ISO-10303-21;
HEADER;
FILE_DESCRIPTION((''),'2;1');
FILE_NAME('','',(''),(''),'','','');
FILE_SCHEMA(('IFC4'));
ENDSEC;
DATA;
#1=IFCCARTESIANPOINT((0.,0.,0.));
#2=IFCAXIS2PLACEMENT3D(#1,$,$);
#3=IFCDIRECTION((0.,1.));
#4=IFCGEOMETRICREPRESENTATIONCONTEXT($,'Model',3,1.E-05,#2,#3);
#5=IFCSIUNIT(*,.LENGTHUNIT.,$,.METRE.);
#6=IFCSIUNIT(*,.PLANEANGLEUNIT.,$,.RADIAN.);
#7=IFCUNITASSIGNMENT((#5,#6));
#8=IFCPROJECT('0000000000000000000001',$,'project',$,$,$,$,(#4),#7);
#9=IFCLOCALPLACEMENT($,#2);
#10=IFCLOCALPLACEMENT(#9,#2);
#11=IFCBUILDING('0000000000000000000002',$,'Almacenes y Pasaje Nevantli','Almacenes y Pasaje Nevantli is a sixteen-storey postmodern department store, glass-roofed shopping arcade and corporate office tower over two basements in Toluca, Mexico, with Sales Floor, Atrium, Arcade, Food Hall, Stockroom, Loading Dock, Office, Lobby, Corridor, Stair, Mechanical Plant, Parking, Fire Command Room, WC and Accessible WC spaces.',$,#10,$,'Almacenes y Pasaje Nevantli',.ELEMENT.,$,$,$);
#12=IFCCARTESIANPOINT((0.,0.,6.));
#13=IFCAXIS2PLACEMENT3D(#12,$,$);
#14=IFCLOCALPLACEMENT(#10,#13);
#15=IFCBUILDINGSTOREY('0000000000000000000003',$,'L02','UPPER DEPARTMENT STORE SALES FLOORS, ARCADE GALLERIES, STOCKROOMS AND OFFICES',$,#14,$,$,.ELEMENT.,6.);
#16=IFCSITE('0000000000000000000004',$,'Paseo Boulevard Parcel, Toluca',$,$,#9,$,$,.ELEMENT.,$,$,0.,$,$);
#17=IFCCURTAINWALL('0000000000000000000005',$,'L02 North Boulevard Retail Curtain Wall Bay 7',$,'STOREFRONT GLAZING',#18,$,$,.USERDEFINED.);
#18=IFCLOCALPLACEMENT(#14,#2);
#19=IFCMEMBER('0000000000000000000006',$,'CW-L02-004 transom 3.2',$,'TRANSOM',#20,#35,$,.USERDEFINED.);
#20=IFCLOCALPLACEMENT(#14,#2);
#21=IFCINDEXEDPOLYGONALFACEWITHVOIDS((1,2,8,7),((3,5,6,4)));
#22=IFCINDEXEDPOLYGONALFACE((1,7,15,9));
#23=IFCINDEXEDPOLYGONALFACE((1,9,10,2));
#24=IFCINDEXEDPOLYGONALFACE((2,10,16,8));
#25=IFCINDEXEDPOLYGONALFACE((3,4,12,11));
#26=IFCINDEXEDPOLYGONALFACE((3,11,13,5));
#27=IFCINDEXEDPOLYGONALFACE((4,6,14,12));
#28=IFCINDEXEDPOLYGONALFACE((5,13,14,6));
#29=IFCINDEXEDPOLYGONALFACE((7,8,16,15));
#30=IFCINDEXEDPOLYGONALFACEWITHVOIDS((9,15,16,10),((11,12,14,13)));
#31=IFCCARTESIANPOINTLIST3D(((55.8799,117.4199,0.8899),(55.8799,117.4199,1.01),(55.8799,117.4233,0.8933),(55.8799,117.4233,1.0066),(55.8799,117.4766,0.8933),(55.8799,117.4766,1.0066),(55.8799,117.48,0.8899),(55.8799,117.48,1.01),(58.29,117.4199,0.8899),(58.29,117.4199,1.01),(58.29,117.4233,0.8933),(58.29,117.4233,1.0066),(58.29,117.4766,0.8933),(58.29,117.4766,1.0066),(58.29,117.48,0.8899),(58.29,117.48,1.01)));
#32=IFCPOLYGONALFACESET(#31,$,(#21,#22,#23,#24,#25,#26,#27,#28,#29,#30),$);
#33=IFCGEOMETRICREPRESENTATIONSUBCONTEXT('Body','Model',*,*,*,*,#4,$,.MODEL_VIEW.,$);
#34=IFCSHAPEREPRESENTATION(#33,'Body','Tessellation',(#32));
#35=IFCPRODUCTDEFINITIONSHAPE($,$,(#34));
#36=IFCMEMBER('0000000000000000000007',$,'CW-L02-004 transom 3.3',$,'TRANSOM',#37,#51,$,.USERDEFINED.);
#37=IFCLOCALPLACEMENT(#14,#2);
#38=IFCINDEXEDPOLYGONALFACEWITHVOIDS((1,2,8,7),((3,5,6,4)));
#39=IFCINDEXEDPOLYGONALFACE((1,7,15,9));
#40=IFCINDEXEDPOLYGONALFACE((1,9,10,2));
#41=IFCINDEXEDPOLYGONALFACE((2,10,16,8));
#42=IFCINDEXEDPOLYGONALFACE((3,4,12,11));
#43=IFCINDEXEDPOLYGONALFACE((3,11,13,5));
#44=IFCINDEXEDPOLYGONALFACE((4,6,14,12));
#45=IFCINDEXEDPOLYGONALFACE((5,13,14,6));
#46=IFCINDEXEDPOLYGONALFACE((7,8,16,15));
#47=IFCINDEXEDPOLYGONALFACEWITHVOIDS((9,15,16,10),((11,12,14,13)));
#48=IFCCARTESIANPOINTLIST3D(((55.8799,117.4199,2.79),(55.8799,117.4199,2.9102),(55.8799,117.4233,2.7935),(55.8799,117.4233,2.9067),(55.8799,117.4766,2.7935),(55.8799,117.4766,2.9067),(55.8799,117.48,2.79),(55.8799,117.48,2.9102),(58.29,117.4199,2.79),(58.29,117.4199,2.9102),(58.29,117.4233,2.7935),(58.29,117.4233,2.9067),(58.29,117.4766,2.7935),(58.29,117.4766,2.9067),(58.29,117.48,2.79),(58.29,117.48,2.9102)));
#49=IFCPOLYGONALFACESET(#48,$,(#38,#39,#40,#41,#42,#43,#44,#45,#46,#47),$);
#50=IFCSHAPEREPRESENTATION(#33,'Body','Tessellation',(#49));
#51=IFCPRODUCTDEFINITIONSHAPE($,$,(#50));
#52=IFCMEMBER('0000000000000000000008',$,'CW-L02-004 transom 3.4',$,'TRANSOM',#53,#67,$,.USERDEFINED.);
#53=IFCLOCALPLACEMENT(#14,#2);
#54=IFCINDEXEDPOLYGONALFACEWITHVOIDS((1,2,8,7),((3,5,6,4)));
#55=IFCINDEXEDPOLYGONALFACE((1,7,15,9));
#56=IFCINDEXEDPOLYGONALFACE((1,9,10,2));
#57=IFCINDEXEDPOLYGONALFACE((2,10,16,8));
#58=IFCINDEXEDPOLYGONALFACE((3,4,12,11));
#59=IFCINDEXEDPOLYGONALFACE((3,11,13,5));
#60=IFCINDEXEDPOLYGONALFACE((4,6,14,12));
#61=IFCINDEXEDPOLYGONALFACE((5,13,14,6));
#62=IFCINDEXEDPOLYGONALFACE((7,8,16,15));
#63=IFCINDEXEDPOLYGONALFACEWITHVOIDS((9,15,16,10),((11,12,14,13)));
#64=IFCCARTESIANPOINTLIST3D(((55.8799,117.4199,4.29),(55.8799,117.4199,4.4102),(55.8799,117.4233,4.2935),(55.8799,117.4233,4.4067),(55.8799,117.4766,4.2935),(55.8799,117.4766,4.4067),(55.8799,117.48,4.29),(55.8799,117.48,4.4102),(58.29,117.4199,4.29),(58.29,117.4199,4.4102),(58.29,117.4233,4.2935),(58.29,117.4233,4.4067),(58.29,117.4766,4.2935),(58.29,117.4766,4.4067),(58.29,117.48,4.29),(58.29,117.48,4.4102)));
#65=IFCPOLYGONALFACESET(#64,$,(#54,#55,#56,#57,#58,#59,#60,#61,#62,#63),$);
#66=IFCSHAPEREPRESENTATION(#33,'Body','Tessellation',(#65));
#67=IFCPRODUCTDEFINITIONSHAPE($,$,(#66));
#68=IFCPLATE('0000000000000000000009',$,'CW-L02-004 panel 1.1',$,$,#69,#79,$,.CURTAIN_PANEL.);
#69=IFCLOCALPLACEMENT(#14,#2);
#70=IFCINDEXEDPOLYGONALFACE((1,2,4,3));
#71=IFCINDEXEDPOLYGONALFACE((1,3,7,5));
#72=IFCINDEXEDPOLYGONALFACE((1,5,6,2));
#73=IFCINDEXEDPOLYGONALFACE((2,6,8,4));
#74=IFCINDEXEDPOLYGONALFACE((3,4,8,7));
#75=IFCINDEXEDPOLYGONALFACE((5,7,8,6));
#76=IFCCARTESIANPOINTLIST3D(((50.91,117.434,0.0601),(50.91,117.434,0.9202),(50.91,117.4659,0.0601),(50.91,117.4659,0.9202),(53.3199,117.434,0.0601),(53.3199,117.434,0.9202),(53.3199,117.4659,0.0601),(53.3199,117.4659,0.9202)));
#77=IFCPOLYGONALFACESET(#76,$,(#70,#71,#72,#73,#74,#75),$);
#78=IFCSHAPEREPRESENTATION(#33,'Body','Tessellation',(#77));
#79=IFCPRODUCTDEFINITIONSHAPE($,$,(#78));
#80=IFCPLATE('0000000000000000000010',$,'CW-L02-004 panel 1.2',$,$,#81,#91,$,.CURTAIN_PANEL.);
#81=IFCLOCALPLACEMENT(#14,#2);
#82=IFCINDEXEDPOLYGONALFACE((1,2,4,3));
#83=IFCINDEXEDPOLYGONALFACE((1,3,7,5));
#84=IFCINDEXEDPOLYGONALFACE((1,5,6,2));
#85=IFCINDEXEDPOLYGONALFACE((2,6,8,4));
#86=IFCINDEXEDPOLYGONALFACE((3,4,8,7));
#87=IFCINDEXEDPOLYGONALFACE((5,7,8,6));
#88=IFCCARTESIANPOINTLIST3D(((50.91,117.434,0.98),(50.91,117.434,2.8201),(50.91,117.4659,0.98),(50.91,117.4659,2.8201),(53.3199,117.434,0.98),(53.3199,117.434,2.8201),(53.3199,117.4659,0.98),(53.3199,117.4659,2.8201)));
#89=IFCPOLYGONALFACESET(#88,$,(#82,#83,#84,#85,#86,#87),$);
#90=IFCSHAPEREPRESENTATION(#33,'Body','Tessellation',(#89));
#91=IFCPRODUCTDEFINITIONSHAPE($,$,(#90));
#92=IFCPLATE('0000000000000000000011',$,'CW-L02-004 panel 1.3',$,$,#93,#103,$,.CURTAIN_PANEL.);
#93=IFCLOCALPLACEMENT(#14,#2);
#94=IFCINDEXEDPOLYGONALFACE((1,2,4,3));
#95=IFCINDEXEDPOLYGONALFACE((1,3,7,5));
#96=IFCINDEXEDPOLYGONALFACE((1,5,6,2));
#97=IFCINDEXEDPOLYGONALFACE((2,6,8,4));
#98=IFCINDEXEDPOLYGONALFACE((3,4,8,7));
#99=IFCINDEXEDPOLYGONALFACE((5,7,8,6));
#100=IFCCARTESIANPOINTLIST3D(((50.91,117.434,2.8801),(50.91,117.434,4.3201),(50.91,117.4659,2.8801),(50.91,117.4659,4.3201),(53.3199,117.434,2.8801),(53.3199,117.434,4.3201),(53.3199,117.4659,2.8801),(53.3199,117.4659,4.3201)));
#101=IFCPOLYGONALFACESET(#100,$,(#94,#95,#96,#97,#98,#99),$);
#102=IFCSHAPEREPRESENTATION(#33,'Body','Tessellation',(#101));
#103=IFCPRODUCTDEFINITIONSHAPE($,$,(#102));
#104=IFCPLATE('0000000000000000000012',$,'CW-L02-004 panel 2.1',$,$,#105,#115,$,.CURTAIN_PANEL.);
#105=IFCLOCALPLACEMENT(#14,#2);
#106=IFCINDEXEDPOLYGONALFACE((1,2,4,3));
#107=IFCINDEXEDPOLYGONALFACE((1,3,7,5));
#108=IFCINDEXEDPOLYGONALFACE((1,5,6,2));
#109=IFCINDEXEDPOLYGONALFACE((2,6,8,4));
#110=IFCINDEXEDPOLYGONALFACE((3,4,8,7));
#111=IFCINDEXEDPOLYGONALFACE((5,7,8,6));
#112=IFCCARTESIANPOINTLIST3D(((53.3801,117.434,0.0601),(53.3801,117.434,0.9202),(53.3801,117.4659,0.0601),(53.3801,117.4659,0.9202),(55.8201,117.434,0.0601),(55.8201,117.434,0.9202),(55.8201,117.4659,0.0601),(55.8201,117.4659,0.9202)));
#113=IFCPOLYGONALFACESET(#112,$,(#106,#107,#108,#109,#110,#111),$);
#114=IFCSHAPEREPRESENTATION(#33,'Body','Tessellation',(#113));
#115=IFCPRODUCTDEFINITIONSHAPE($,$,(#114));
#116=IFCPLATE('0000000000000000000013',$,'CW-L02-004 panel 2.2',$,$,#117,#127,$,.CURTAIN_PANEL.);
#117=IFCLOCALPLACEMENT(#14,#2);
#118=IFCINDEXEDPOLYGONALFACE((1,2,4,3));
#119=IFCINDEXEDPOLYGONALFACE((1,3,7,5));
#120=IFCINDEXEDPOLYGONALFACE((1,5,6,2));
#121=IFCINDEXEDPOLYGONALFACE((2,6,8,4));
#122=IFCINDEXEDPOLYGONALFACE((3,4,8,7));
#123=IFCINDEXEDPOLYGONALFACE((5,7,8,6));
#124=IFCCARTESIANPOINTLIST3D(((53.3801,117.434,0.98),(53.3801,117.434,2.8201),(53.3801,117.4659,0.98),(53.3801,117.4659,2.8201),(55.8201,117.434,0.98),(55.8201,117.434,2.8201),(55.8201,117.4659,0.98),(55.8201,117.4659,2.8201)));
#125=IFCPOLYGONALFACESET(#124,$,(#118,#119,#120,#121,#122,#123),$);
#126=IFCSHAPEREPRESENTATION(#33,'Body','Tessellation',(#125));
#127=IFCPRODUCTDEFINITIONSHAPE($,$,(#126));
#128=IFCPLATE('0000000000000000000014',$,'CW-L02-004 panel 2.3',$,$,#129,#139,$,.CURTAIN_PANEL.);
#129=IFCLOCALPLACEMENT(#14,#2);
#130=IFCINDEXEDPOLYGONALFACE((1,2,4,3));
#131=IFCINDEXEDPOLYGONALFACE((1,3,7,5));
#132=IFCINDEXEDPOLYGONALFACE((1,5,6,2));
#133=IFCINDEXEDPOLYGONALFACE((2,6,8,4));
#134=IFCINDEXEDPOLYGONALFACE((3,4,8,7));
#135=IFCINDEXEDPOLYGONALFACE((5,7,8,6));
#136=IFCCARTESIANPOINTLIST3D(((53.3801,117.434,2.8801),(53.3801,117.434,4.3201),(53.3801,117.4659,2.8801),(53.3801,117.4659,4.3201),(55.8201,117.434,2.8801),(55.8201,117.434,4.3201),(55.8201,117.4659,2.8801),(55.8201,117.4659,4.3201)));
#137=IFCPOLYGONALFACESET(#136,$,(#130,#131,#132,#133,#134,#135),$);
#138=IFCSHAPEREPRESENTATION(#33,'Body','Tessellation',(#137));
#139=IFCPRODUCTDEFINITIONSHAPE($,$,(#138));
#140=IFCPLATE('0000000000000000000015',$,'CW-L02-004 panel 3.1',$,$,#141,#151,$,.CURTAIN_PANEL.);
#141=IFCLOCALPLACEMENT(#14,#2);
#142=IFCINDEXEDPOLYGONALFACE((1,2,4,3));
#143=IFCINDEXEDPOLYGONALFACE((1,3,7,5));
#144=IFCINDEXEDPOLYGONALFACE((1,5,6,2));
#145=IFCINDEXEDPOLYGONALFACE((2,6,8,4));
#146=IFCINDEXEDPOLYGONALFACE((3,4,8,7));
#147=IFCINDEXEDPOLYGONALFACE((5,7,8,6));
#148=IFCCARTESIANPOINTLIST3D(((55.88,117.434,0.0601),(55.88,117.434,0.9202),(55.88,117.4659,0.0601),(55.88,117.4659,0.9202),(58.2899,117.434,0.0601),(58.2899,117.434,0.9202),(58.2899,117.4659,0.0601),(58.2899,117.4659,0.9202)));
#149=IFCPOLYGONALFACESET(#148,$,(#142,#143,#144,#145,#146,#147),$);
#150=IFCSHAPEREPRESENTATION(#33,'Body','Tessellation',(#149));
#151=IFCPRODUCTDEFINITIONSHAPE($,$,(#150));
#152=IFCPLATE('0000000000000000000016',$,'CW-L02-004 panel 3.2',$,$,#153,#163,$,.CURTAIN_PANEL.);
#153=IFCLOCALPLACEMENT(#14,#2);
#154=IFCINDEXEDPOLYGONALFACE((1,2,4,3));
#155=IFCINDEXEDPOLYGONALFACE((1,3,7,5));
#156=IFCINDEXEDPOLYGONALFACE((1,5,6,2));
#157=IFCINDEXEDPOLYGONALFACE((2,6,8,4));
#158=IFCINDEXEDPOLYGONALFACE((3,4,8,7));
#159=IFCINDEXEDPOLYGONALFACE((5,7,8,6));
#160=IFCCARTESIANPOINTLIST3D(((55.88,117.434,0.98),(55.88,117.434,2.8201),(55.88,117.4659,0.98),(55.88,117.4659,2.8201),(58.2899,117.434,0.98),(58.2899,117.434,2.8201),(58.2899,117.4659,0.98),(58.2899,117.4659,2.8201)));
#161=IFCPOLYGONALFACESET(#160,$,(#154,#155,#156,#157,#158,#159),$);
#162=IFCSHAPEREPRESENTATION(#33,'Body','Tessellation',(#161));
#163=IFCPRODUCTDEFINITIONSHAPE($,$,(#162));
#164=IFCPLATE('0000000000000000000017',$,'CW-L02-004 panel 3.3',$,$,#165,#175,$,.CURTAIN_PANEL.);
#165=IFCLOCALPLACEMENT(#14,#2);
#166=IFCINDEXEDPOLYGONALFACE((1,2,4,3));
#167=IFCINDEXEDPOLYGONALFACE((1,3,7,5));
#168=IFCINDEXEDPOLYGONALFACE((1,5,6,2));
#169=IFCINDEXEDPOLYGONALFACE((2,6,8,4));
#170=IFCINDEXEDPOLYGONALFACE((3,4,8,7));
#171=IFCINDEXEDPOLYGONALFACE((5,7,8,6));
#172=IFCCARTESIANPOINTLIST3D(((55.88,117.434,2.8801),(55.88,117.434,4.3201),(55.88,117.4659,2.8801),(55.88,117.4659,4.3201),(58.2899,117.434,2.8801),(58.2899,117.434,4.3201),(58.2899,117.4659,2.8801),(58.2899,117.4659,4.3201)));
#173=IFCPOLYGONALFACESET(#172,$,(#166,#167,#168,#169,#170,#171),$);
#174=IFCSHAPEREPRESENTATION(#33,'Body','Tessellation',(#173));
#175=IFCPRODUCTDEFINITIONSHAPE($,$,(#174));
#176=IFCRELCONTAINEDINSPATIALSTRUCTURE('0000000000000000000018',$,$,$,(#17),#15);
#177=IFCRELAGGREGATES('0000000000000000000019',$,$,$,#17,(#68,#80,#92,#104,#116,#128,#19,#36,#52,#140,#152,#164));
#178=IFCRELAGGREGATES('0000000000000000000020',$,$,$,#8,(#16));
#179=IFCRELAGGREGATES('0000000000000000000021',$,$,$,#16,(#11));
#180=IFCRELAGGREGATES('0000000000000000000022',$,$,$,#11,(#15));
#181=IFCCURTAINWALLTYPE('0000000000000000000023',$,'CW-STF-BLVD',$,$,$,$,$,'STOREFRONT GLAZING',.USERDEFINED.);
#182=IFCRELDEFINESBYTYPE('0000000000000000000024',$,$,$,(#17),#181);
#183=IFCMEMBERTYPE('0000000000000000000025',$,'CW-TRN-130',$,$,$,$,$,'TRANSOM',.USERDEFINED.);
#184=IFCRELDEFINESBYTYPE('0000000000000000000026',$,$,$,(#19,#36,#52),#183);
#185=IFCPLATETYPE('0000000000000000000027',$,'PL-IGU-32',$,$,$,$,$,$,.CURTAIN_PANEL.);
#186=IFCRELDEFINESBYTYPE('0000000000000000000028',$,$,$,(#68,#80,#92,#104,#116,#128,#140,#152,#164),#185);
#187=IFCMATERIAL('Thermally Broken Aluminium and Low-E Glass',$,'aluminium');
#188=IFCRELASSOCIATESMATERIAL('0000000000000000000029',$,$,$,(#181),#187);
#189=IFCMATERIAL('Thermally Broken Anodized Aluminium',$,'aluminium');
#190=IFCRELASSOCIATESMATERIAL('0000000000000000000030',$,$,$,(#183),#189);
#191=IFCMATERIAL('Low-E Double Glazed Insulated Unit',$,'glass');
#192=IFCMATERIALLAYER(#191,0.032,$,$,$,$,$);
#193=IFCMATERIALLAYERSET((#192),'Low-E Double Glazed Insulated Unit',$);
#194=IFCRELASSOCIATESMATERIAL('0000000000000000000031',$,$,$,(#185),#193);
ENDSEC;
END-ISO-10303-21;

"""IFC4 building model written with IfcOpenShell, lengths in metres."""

from ifc_helpers import new_model, si_unit, direction, frame, origin, origin_2d, place, context, subcontext, project, spatial, rectangle, hollow_rectangle, extrude, material, layer, layer_set, material_profile, profile_set, type_object, element, aggregate, save


model = new_model("IFC4")

# Units and contexts
model_context = context("Model", 3, precision=1e-05, world=origin(), true_north=direction((0.0, 1.0)))
body_context = subcontext(model_context, "Body", "Model", "MODEL_VIEW")
ifc_project = project(units=[si_unit("LENGTHUNIT", "METRE"), si_unit("PLANEANGLEUNIT", "RADIAN")], contexts=[model_context])

# Site, building, storey
site_placement = place(None, origin())
site = spatial("IfcSite", under=ifc_project, at=site_placement, Name="Paseo Boulevard Parcel, Toluca", CompositionType="ELEMENT", RefElevation=0.0)
building_placement = place(site_placement, origin())
building = spatial("IfcBuilding", under=site, at=building_placement, Name="Almacenes y Pasaje Nevantli", Description="Almacenes y Pasaje Nevantli is a sixteen-storey postmodern department store, glass-roofed shopping arcade and corporate office tower over two basements in Toluca, Mexico, with Sales Floor, Atrium, Arcade, Food Hall, Stockroom, Loading Dock, Office, Lobby, Corridor, Stair, Mechanical Plant, Parking, Fire Command Room, WC and Accessible WC spaces.", LongName="Almacenes y Pasaje Nevantli", CompositionType="ELEMENT")
storey_placement = place(building_placement, frame((0.0, 0.0, 6.0)))
storey = spatial("IfcBuildingStorey", under=building, at=storey_placement, Name="L02", Description="UPPER DEPARTMENT STORE SALES FLOORS, ARCADE GALLERIES, STOCKROOMS AND OFFICES", CompositionType="ELEMENT", Elevation=6.0)

# Curtain wall, members, plates
ifc_material_1 = material(Name="Thermally Broken Aluminium and Low-E Glass", Category="aluminium")
curtain_wall_type = type_object("IfcCurtainWallType", Name="CW-STF-BLVD", ElementType="STOREFRONT GLAZING", PredefinedType="USERDEFINED", material=ifc_material_1)
curtain_wall_placement = place(storey_placement, origin())
curtain_wall = element("IfcCurtainWall", 1, at=curtain_wall_placement, inside=storey, type_object=curtain_wall_type, Name="L02 North Boulevard Retail Curtain Wall Bay 7", ObjectType="STOREFRONT GLAZING", PredefinedType="USERDEFINED")
ifc_material_2 = material(Name="Thermally Broken Anodized Aluminium", Category="aluminium")
ifc_material_profile_1 = material_profile(ifc_material_2, hollow_rectangle(XDim=0.0601, YDim=0.1201, WallThickness=0.0034, at=origin_2d()), Name="ALU-TRN-60x120")
ifc_profile_set_1 = profile_set([ifc_material_profile_1], Name="Thermally Broken Anodized Aluminium")
member_type_1 = type_object("IfcMemberType", Name="CW-TRN-130", ElementType="TRANSOM", PredefinedType="USERDEFINED", material=ifc_profile_set_1)
member_1_placement = place(storey_placement, frame((55.8799, 117.45, 0.95), z_axis=(1.0, 0.0, 0.0), x_axis=(0.0, 1.0, 0.0)))
member_1 = element("IfcMember", 2, at=member_1_placement, type_object=member_type_1, Name="CW-L02-004 transom 3.2", ObjectType="TRANSOM", PredefinedType="USERDEFINED", context=body_context, shape_type="SweptSolid", body=[
    extrude(hollow_rectangle(XDim=0.0601, YDim=0.1201, WallThickness=0.0034, at=origin_2d()), origin(), (0.0, 0.0, 1.0), 2.4102),
])
member_2_placement = place(storey_placement, frame((55.8799, 117.45, 2.8501), z_axis=(1.0, 0.0, 0.0), x_axis=(0.0, 1.0, 0.0)))
member_2 = element("IfcMember", 3, at=member_2_placement, type_object=member_type_1, Name="CW-L02-004 transom 3.3", ObjectType="TRANSOM", PredefinedType="USERDEFINED", context=body_context, shape_type="SweptSolid", body=[
    extrude(hollow_rectangle(XDim=0.0601, YDim=0.1201, WallThickness=0.0034, at=origin_2d()), origin(), (0.0, 0.0, 1.0), 2.4102),
])
member_3_placement = place(storey_placement, frame((55.8799, 117.45, 4.3501), z_axis=(1.0, 0.0, 0.0), x_axis=(0.0, 1.0, 0.0)))
member_3 = element("IfcMember", 4, at=member_3_placement, type_object=member_type_1, Name="CW-L02-004 transom 3.4", ObjectType="TRANSOM", PredefinedType="USERDEFINED", context=body_context, shape_type="SweptSolid", body=[
    extrude(hollow_rectangle(XDim=0.0601, YDim=0.1201, WallThickness=0.0034, at=origin_2d()), origin(), (0.0, 0.0, 1.0), 2.4102),
])
ifc_material_3 = material(Name="Low-E Double Glazed Insulated Unit", Category="glass")
ifc_layer_1 = layer(ifc_material_3, 0.032)
ifc_layer_set_1 = layer_set([ifc_layer_1], Name="Low-E Double Glazed Insulated Unit")
plate_type = type_object("IfcPlateType", Name="PL-IGU-32", PredefinedType="CURTAIN_PANEL", material=ifc_layer_set_1)
plate_1_placement = place(storey_placement, frame((52.115, 117.45, 0.0601), z_axis=(0.0, 0.0, 1.0), x_axis=(1.0, 0.0, 0.0)))
plate_1 = element("IfcPlate", 5, at=plate_1_placement, type_object=plate_type, Name="CW-L02-004 panel 1.1", PredefinedType="CURTAIN_PANEL", context=body_context, shape_type="SweptSolid", body=[
    extrude(rectangle(XDim=2.4099, YDim=0.032, at=origin_2d()), origin(), (0.0, 0.0, 1.0), 0.8601),
])
plate_2_placement = place(storey_placement, frame((52.115, 117.45, 0.98), z_axis=(0.0, 0.0, 1.0), x_axis=(1.0, 0.0, 0.0)))
plate_2 = element("IfcPlate", 6, at=plate_2_placement, type_object=plate_type, Name="CW-L02-004 panel 1.2", PredefinedType="CURTAIN_PANEL", context=body_context, shape_type="SweptSolid", body=[
    extrude(rectangle(XDim=2.4099, YDim=0.032, at=origin_2d()), origin(), (0.0, 0.0, 1.0), 1.8401),
])
plate_3_placement = place(storey_placement, frame((52.115, 117.45, 2.8801), z_axis=(0.0, 0.0, 1.0), x_axis=(1.0, 0.0, 0.0)))
plate_3 = element("IfcPlate", 7, at=plate_3_placement, type_object=plate_type, Name="CW-L02-004 panel 1.3", PredefinedType="CURTAIN_PANEL", context=body_context, shape_type="SweptSolid", body=[
    extrude(rectangle(XDim=2.4099, YDim=0.032, at=origin_2d()), origin(), (0.0, 0.0, 1.0), 1.4399),
])
plate_4_placement = place(storey_placement, frame((54.6001, 117.45, 0.0601), z_axis=(0.0, 0.0, 1.0), x_axis=(1.0, 0.0, 0.0)))
plate_4 = element("IfcPlate", 8, at=plate_4_placement, type_object=plate_type, Name="CW-L02-004 panel 2.1", PredefinedType="CURTAIN_PANEL", context=body_context, shape_type="SweptSolid", body=[
    extrude(rectangle(XDim=2.4399, YDim=0.032, at=origin_2d()), origin(), (0.0, 0.0, 1.0), 0.8601),
])
plate_5_placement = place(storey_placement, frame((54.6001, 117.45, 0.98), z_axis=(0.0, 0.0, 1.0), x_axis=(1.0, 0.0, 0.0)))
plate_5 = element("IfcPlate", 9, at=plate_5_placement, type_object=plate_type, Name="CW-L02-004 panel 2.2", PredefinedType="CURTAIN_PANEL", context=body_context, shape_type="SweptSolid", body=[
    extrude(rectangle(XDim=2.4399, YDim=0.032, at=origin_2d()), origin(), (0.0, 0.0, 1.0), 1.8401),
])
plate_6_placement = place(storey_placement, frame((54.6001, 117.45, 2.8801), z_axis=(0.0, 0.0, 1.0), x_axis=(1.0, 0.0, 0.0)))
plate_6 = element("IfcPlate", 10, at=plate_6_placement, type_object=plate_type, Name="CW-L02-004 panel 2.3", PredefinedType="CURTAIN_PANEL", context=body_context, shape_type="SweptSolid", body=[
    extrude(rectangle(XDim=2.4399, YDim=0.032, at=origin_2d()), origin(), (0.0, 0.0, 1.0), 1.4399),
])
plate_7_placement = place(storey_placement, frame((57.085, 117.45, 0.0601), z_axis=(0.0, 0.0, 1.0), x_axis=(1.0, 0.0, 0.0)))
plate_7 = element("IfcPlate", 11, at=plate_7_placement, type_object=plate_type, Name="CW-L02-004 panel 3.1", PredefinedType="CURTAIN_PANEL", context=body_context, shape_type="SweptSolid", body=[
    extrude(rectangle(XDim=2.4099, YDim=0.032, at=origin_2d()), origin(), (0.0, 0.0, 1.0), 0.8601),
])
plate_8_placement = place(storey_placement, frame((57.085, 117.45, 0.98), z_axis=(0.0, 0.0, 1.0), x_axis=(1.0, 0.0, 0.0)))
plate_8 = element("IfcPlate", 12, at=plate_8_placement, type_object=plate_type, Name="CW-L02-004 panel 3.2", PredefinedType="CURTAIN_PANEL", context=body_context, shape_type="SweptSolid", body=[
    extrude(rectangle(XDim=2.4099, YDim=0.032, at=origin_2d()), origin(), (0.0, 0.0, 1.0), 1.8401),
])
plate_9_placement = place(storey_placement, frame((57.085, 117.45, 2.8801), z_axis=(0.0, 0.0, 1.0), x_axis=(1.0, 0.0, 0.0)))
plate_9 = element("IfcPlate", 13, at=plate_9_placement, type_object=plate_type, Name="CW-L02-004 panel 3.3", PredefinedType="CURTAIN_PANEL", context=body_context, shape_type="SweptSolid", body=[
    extrude(rectangle(XDim=2.4099, YDim=0.032, at=origin_2d()), origin(), (0.0, 0.0, 1.0), 1.4399),
])
aggregate(curtain_wall, [plate_1, plate_2, plate_3, plate_4, plate_5, plate_6, member_1, member_2, member_3, plate_7, plate_8, plate_9])

save(model, "model.ifc")
